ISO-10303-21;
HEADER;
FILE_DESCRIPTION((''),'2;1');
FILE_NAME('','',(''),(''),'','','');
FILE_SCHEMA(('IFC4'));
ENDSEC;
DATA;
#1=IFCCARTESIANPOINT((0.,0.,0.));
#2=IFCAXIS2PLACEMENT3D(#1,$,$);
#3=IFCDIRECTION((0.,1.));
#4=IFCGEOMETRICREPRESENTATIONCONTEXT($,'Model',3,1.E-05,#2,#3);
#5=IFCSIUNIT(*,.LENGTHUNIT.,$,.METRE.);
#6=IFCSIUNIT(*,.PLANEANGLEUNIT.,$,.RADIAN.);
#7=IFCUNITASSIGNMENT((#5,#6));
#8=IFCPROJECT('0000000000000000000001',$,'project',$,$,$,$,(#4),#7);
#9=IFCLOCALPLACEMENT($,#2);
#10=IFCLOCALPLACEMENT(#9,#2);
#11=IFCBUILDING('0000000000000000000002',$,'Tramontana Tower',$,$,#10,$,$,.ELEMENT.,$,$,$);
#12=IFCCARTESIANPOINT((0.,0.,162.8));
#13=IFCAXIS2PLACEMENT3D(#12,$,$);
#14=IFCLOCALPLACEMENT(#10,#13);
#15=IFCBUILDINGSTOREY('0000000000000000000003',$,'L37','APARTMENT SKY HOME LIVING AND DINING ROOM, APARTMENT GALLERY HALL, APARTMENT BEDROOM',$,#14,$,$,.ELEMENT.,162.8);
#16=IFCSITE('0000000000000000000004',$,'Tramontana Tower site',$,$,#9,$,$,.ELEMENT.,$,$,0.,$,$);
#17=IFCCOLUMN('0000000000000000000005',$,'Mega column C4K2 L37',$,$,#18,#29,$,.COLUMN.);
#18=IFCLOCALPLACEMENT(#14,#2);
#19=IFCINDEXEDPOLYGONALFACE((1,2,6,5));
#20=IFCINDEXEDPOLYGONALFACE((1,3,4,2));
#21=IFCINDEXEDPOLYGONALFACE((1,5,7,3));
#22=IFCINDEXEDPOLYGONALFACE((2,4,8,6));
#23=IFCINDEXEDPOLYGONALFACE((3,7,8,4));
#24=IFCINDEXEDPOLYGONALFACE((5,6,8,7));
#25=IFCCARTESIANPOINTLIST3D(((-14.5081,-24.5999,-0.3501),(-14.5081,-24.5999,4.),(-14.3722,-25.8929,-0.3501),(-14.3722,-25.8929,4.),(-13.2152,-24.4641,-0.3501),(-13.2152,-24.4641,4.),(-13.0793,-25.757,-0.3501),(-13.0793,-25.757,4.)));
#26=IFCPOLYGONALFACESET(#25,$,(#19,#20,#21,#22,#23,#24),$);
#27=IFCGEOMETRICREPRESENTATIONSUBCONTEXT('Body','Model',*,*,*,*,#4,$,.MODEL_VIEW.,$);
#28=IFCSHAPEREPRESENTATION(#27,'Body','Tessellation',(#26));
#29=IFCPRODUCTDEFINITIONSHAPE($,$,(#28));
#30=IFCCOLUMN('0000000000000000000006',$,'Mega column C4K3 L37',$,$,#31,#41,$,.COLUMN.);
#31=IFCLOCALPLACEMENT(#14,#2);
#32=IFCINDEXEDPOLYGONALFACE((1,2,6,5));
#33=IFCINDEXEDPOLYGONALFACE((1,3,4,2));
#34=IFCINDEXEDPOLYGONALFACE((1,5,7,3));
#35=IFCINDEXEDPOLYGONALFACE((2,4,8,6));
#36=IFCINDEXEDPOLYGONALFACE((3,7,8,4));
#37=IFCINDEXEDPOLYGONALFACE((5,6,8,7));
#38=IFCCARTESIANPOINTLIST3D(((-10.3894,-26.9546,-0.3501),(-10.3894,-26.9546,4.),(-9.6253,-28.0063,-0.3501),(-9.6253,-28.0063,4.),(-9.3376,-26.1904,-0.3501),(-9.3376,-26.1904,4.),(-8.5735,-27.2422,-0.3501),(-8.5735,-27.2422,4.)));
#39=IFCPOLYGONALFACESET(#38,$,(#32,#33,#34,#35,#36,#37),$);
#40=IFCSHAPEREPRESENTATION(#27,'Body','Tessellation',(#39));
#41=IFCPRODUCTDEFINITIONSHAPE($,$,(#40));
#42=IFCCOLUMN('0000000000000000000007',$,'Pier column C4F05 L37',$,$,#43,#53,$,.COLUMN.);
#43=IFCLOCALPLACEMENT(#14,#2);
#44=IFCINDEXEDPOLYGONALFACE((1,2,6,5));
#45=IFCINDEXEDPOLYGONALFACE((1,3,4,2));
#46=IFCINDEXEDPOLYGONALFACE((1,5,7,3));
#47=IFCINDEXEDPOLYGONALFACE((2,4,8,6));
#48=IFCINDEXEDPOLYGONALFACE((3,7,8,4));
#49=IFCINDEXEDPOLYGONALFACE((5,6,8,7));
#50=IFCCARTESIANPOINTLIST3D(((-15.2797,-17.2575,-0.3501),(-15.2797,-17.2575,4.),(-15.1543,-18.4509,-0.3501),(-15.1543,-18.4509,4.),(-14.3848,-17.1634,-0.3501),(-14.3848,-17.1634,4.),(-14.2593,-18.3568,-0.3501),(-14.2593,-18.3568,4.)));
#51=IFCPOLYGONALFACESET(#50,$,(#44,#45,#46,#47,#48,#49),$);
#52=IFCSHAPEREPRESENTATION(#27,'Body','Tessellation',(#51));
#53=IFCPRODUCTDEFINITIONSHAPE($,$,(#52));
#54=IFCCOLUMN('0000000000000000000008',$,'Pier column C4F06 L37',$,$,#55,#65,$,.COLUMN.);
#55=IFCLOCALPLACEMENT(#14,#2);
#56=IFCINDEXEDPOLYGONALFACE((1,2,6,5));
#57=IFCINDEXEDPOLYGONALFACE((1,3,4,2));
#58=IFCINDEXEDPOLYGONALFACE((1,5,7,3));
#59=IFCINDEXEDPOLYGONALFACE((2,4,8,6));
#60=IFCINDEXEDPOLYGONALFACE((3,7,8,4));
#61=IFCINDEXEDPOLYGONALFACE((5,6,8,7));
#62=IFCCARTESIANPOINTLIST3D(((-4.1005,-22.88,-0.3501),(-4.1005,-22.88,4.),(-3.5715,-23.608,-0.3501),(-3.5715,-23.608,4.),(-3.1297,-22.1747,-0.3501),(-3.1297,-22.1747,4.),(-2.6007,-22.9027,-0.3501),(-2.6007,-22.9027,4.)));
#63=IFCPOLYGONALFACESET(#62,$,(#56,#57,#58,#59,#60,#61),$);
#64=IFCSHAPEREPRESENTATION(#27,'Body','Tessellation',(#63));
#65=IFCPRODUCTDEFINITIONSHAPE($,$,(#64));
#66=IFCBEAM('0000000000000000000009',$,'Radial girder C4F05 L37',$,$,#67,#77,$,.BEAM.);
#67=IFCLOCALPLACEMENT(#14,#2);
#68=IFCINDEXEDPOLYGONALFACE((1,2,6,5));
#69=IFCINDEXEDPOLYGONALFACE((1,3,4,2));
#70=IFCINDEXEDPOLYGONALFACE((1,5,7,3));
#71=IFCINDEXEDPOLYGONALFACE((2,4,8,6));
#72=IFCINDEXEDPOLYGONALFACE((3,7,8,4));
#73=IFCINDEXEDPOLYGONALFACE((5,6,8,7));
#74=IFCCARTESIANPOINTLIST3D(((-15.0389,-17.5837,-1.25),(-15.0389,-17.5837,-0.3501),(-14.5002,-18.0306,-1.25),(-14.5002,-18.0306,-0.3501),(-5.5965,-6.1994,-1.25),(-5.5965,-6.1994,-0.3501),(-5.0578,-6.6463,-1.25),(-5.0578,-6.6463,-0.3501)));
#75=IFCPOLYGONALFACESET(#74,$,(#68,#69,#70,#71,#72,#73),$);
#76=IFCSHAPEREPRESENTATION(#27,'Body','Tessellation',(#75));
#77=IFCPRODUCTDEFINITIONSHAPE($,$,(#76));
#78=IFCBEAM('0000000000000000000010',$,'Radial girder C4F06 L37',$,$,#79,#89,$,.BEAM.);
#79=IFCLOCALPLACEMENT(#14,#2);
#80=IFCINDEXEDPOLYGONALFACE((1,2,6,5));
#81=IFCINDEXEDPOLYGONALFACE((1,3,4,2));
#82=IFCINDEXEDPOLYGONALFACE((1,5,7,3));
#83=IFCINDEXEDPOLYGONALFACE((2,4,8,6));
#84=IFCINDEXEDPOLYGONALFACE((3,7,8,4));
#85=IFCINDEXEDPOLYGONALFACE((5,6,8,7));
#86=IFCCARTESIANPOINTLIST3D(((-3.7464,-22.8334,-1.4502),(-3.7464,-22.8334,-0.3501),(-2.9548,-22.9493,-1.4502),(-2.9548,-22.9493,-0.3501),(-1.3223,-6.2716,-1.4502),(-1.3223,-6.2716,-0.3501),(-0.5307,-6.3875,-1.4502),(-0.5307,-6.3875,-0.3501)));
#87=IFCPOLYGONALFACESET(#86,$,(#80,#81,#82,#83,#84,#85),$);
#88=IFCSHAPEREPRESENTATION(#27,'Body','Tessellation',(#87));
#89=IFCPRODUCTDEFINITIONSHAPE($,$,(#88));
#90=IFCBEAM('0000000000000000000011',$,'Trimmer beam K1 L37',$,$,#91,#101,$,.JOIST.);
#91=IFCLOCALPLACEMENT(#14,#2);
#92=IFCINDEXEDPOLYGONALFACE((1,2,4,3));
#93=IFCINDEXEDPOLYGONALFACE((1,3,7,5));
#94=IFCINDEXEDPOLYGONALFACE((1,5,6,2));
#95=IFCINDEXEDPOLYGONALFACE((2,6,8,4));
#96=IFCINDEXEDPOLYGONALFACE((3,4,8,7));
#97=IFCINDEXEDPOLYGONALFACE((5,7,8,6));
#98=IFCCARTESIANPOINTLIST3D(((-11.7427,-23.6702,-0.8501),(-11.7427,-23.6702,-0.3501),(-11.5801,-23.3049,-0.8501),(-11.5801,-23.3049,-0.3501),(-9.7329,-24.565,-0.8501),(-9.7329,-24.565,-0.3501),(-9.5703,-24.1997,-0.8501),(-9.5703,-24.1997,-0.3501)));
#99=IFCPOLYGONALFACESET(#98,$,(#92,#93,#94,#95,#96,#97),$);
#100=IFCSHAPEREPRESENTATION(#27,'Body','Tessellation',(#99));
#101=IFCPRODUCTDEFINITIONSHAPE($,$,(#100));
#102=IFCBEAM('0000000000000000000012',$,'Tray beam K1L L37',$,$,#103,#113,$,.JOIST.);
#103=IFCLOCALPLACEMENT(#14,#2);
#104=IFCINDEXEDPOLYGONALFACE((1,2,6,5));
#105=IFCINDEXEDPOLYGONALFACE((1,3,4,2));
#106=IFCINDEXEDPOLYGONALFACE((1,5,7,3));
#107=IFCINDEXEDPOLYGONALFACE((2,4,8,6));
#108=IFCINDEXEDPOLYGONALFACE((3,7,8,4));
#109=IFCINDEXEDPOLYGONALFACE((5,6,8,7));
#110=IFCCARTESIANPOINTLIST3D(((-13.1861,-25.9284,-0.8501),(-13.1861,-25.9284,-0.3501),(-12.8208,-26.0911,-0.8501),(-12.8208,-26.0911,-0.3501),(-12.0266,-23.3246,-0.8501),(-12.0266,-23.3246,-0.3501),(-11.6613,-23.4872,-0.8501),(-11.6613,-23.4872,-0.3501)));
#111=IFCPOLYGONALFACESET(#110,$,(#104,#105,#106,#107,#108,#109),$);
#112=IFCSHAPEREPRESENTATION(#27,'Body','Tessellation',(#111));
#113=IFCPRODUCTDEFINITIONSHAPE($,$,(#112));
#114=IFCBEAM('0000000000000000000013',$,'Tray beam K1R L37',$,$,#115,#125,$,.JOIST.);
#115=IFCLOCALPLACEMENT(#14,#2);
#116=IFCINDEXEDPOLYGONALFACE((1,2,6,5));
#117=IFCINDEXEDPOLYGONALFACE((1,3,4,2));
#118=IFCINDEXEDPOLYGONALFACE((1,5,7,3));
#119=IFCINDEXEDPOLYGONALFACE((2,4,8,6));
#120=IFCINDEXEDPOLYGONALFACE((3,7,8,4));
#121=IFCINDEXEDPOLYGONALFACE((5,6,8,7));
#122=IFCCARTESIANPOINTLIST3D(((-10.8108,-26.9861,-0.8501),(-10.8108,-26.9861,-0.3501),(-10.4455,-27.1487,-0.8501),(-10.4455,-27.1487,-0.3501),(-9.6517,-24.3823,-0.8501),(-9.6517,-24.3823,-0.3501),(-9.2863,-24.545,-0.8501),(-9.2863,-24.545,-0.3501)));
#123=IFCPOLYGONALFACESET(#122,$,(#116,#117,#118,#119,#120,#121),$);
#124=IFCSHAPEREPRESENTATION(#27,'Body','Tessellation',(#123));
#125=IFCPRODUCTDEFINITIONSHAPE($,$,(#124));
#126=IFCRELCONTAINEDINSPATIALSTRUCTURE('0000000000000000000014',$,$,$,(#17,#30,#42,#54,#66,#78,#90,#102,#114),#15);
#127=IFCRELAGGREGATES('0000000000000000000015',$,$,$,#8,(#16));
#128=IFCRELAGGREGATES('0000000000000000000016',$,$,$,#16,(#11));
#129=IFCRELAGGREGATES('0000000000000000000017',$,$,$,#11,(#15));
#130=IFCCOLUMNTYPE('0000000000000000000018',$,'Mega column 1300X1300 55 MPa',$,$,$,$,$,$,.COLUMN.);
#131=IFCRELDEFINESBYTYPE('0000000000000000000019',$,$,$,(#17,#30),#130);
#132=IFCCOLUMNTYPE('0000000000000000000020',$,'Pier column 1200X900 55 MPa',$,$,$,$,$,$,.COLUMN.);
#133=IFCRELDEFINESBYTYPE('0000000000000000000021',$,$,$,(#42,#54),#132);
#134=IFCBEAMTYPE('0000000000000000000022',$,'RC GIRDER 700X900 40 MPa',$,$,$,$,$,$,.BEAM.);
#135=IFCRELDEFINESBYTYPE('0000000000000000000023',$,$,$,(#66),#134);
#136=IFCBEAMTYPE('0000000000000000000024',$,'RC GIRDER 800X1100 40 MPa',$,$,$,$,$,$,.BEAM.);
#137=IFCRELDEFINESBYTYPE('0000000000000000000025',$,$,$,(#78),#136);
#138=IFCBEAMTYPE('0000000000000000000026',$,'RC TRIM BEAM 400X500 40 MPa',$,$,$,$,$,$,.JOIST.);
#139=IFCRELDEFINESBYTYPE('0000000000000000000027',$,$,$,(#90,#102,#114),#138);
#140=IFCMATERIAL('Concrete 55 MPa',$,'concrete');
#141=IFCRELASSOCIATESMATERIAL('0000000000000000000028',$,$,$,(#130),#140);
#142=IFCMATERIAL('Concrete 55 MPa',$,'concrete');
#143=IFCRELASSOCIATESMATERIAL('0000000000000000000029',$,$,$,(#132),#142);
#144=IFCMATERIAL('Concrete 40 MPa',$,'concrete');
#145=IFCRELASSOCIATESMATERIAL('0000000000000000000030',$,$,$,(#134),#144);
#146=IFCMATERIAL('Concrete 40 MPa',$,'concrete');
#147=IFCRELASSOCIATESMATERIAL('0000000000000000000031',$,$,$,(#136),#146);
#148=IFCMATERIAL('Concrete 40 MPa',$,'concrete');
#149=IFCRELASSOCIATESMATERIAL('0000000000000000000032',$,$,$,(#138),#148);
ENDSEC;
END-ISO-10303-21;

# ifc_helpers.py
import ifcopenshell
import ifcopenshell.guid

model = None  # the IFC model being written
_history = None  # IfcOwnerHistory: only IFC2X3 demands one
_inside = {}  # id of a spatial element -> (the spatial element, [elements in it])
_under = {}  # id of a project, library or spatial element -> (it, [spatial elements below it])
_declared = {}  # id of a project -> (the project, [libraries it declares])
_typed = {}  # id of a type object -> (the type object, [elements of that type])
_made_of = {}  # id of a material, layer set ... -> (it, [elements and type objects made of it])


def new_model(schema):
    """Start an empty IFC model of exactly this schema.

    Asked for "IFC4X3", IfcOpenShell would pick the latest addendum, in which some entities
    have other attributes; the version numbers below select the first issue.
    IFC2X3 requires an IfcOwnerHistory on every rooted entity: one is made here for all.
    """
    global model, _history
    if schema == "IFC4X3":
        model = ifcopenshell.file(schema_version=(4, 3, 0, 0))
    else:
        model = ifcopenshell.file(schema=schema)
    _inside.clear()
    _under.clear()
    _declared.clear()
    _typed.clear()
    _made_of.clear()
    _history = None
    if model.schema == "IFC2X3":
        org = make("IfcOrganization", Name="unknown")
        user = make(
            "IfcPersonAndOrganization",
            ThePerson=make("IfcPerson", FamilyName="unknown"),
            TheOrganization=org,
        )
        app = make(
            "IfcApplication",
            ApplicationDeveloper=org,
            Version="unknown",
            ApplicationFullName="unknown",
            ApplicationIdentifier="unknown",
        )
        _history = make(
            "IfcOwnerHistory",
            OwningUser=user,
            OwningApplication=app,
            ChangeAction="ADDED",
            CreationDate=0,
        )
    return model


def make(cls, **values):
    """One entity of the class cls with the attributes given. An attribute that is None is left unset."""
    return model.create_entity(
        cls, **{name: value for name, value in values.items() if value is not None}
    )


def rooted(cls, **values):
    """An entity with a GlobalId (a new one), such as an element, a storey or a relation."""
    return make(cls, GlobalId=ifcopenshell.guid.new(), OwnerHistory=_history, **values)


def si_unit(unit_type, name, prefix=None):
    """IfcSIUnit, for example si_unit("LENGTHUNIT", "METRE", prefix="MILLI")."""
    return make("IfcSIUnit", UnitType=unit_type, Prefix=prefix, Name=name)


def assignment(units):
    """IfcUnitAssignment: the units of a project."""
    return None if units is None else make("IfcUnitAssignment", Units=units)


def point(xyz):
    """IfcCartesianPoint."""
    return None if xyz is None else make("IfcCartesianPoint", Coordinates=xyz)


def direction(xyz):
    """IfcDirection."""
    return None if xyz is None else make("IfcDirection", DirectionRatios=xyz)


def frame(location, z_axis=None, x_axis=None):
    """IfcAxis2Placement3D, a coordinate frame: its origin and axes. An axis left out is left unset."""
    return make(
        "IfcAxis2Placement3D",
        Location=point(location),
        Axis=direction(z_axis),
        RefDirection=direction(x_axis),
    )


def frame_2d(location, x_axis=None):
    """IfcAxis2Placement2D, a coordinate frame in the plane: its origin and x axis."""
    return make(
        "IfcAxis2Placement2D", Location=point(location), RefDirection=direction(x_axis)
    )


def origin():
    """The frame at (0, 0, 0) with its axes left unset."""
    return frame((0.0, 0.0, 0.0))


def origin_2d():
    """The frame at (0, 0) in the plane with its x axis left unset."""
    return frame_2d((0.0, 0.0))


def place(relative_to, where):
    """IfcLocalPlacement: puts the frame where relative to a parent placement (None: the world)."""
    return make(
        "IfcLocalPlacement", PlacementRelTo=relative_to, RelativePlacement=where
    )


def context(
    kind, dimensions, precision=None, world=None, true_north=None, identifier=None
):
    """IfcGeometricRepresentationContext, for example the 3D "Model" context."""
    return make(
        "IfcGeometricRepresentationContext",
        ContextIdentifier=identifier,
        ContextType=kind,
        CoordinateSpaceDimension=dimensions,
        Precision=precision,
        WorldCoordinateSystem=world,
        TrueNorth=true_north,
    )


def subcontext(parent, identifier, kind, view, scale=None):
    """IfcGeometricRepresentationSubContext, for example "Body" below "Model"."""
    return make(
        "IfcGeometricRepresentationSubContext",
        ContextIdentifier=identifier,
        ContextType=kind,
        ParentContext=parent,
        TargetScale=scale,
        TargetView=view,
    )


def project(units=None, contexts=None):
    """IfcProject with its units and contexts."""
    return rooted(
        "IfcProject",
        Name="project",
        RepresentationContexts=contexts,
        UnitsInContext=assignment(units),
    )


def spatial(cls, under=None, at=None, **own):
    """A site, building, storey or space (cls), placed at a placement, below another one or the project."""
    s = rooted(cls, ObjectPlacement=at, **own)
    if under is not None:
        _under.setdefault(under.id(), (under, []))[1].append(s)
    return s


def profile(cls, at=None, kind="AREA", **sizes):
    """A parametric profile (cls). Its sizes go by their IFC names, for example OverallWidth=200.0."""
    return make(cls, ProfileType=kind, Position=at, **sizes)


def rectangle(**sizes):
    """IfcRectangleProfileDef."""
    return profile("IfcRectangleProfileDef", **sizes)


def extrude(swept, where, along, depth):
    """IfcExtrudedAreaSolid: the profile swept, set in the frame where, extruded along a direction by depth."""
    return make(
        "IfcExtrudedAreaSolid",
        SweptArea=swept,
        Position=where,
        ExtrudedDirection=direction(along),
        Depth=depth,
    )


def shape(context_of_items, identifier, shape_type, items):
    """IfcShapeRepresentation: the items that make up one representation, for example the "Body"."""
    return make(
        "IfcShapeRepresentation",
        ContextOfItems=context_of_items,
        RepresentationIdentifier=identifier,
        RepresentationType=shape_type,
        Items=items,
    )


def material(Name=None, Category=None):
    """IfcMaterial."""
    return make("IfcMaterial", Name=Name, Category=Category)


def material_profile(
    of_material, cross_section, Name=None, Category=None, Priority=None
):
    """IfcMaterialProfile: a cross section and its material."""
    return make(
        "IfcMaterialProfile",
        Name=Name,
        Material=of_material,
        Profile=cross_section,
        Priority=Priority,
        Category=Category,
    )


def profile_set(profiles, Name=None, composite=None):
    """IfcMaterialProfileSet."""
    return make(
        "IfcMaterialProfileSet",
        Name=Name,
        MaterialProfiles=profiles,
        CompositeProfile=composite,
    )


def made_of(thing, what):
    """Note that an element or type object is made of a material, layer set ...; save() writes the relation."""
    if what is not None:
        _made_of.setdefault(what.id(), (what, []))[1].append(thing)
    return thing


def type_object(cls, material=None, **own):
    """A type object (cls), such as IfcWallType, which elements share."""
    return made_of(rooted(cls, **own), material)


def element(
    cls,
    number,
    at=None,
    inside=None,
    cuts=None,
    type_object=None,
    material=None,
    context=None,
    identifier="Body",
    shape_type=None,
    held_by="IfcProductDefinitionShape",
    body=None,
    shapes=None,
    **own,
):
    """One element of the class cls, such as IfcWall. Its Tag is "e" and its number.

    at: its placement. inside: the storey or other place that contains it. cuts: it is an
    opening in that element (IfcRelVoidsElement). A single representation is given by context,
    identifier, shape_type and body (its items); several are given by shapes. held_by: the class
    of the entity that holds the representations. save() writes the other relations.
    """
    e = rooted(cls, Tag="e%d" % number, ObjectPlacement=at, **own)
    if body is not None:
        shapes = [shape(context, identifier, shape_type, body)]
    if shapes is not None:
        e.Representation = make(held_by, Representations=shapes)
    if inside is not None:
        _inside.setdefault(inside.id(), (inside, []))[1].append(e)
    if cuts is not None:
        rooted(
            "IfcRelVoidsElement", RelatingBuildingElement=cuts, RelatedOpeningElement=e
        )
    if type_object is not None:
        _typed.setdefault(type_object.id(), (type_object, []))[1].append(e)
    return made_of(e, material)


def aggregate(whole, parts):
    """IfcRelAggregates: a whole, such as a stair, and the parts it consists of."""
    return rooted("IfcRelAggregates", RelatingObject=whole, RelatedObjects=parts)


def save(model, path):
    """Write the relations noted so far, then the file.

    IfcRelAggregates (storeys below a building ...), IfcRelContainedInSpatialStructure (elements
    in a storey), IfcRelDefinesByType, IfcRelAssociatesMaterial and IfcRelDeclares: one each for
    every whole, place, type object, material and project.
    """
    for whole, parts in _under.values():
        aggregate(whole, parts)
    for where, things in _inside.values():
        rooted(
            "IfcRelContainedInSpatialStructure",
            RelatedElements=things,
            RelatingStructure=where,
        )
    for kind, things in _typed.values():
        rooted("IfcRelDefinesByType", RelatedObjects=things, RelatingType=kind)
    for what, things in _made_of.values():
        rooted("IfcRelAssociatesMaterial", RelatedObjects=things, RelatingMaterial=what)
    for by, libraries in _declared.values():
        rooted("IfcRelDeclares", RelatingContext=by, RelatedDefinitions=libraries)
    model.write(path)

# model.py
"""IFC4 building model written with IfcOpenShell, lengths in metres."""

from ifc_helpers import new_model, si_unit, direction, frame, origin, origin_2d, place, context, subcontext, project, spatial, rectangle, extrude, material, material_profile, profile_set, type_object, element, save


model = new_model("IFC4")

# Units and contexts
model_context = context("Model", 3, precision=1e-05, world=origin(), true_north=direction((0.0, 1.0)))
body_context = subcontext(model_context, "Body", "Model", "MODEL_VIEW")
ifc_project = project(units=[si_unit("LENGTHUNIT", "METRE"), si_unit("PLANEANGLEUNIT", "RADIAN")], contexts=[model_context])

# Site, building, storey
site_placement = place(None, origin())
site = spatial("IfcSite", under=ifc_project, at=site_placement, Name="Tramontana Tower site", CompositionType="ELEMENT", RefElevation=0.0)
building_placement = place(site_placement, origin())
building = spatial("IfcBuilding", under=site, at=building_placement, Name="Tramontana Tower", CompositionType="ELEMENT")
storey_placement = place(building_placement, frame((0.0, 0.0, 162.8)))
storey = spatial("IfcBuildingStorey", under=building, at=storey_placement, Name="L37", Description="APARTMENT SKY HOME LIVING AND DINING ROOM, APARTMENT GALLERY HALL, APARTMENT BEDROOM", CompositionType="ELEMENT", Elevation=162.8)

# Columns
ifc_material_1 = material(Name="Concrete 55 MPa", Category="concrete")
ifc_material_profile_1 = material_profile(ifc_material_1, rectangle(XDim=1.3, YDim=1.3, at=origin_2d()), Name="Mega column 1300X1300 55 MPa")
ifc_profile_set_1 = profile_set([ifc_material_profile_1], Name="Concrete 55 MPa")
column_type_1 = type_object("IfcColumnType", Name="Mega column 1300X1300 55 MPa", PredefinedType="COLUMN", material=ifc_profile_set_1)
for number, where, z_axis, x_axis, name in (
    (1, (-13.7937, -25.1785, -0.3501), (0.0, 0.0, 1.0), (0.104528, -0.994522, 0.0), "Mega column C4K2 L37"),
    (2, (-9.4814, -27.0984, -0.3501), (0.0, 0.0, 1.0), (0.809017, 0.587785, 0.0), "Mega column C4K3 L37"),
):
    element("IfcColumn", number, at=place(storey_placement, frame(where, z_axis=z_axis, x_axis=x_axis)), inside=storey, type_object=column_type_1, Name=name, PredefinedType="COLUMN", context=body_context, shape_type="SweptSolid", body=[
        extrude(rectangle(XDim=1.3, YDim=1.3, at=origin_2d()), origin(), (0.0, 0.0, 1.0), 4.3501),
    ])
ifc_material_2 = material(Name="Concrete 55 MPa", Category="concrete")
ifc_material_profile_2 = material_profile(ifc_material_2, rectangle(XDim=1.2, YDim=0.8999, at=origin_2d()), Name="Pier column 1200X900 55 MPa")
ifc_profile_set_2 = profile_set([ifc_material_profile_2], Name="Concrete 55 MPa")
column_type_2 = type_object("IfcColumnType", Name="Pier column 1200X900 55 MPa", PredefinedType="COLUMN", material=ifc_profile_set_2)
for number, where, z_axis, x_axis, name in (
    (3, (-14.7695, -17.8071, -0.3501), (0.0, 0.0, 1.0), (0.104528, -0.994522, 0.0), "Pier column C4F05 L37"),
    (4, (-3.3506, -22.8914, -0.3501), (0.0, 0.0, 1.0), (0.809017, 0.587785, 0.0), "Pier column C4F06 L37"),
):
    element("IfcColumn", number, at=place(storey_placement, frame(where, z_axis=z_axis, x_axis=x_axis)), inside=storey, type_object=column_type_2, Name=name, PredefinedType="COLUMN", context=body_context, shape_type="SweptSolid", body=[
        extrude(rectangle(XDim=1.2, YDim=0.8999, at=origin_2d()), origin(), (0.0, 0.0, 1.0), 4.3501),
    ])

# Beams
ifc_material_3 = material(Name="Concrete 40 MPa", Category="concrete")
ifc_material_profile_3 = material_profile(ifc_material_3, rectangle(XDim=0.7, YDim=0.8999, at=origin_2d()), Name="RC GIRDER 700X900 40 MPa")
ifc_profile_set_3 = profile_set([ifc_material_profile_3], Name="Concrete 40 MPa")
beam_type_1 = type_object("IfcBeamType", Name="RC GIRDER 700X900 40 MPa", PredefinedType="BEAM", material=ifc_profile_set_3)
beam_1_placement = place(storey_placement, frame((-14.7695, -17.8071, -0.8), z_axis=(0.638406, 0.769699, 0.0), x_axis=(-0.769699, 0.638406, 0.0)))
element("IfcBeam", 5, at=beam_1_placement, inside=storey, type_object=beam_type_1, Name="Radial girder C4F05 L37", PredefinedType="BEAM", context=body_context, shape_type="SweptSolid", body=[
    extrude(rectangle(XDim=0.7, YDim=0.8999, at=origin_2d()), origin(), (0.0, 0.0, 1.0), 14.7905),
])
ifc_material_4 = material(Name="Concrete 40 MPa", Category="concrete")
ifc_material_profile_4 = material_profile(ifc_material_4, rectangle(XDim=0.8, YDim=1.1001, at=origin_2d()), Name="RC GIRDER 800X1100 40 MPa")
ifc_profile_set_4 = profile_set([ifc_material_profile_4], Name="Concrete 40 MPa")
beam_type_2 = type_object("IfcBeamType", Name="RC GIRDER 800X1100 40 MPa", PredefinedType="BEAM", material=ifc_profile_set_4)
beam_2_placement = place(storey_placement, frame((-3.3506, -22.8914, -0.9001), z_axis=(0.144823, 0.989458, 0.0), x_axis=(-0.989458, 0.144823, 0.0)))
element("IfcBeam", 6, at=beam_2_placement, inside=storey, type_object=beam_type_2, Name="Radial girder C4F06 L37", PredefinedType="BEAM", context=body_context, shape_type="SweptSolid", body=[
    extrude(rectangle(XDim=0.8, YDim=1.1001, at=origin_2d()), origin(), (0.0, 0.0, 1.0), 16.7383),
])
ifc_material_5 = material(Name="Concrete 40 MPa", Category="concrete")
ifc_material_profile_5 = material_profile(ifc_material_5, rectangle(XDim=0.3999, YDim=0.5, at=origin_2d()), Name="RC TRIM BEAM 400X500 40 MPa")
ifc_profile_set_5 = profile_set([ifc_material_profile_5], Name="Concrete 40 MPa")
beam_type_3 = type_object("IfcBeamType", Name="RC TRIM BEAM 400X500 40 MPa", PredefinedType="JOIST", material=ifc_profile_set_5)
beam_3_placement = place(storey_placement, frame((-11.6614, -23.4875, -0.6001), z_axis=(0.913551, -0.406725, 0.0), x_axis=(0.406725, 0.913551, 0.0)))
element("IfcBeam", 7, at=beam_3_placement, inside=storey, type_object=beam_type_3, Name="Trimmer beam K1 L37", PredefinedType="JOIST", context=body_context, shape_type="SweptSolid", body=[
    extrude(rectangle(XDim=0.3999, YDim=0.5, at=origin_2d()), origin(), (0.0, 0.0, 1.0), 2.2),
])
beam_4_placement = place(storey_placement, frame((-13.0034, -26.0098, -0.6001), z_axis=(0.406782, 0.913525, 0.0), x_axis=(-0.913525, 0.406782, 0.0)))
element("IfcBeam", 8, at=beam_4_placement, inside=storey, type_object=beam_type_3, Name="Tray beam K1L L37", PredefinedType="JOIST", context=body_context, shape_type="SweptSolid", body=[
    extrude(rectangle(XDim=0.3999, YDim=0.5, at=origin_2d()), origin(), (0.0, 0.0, 1.0), 2.8503),
])
beam_5_placement = place(storey_placement, frame((-10.6282, -27.0674, -0.6001), z_axis=(0.406711, 0.913557, 0.0), x_axis=(-0.913557, 0.406711, 0.0)))
element("IfcBeam", 9, at=beam_5_placement, inside=storey, type_object=beam_type_3, Name="Tray beam K1R L37", PredefinedType="JOIST", context=body_context, shape_type="SweptSolid", body=[
    extrude(rectangle(XDim=0.3999, YDim=0.5, at=origin_2d()), origin(), (0.0, 0.0, 1.0), 2.8501),
])

save(model, "model.ifc")
